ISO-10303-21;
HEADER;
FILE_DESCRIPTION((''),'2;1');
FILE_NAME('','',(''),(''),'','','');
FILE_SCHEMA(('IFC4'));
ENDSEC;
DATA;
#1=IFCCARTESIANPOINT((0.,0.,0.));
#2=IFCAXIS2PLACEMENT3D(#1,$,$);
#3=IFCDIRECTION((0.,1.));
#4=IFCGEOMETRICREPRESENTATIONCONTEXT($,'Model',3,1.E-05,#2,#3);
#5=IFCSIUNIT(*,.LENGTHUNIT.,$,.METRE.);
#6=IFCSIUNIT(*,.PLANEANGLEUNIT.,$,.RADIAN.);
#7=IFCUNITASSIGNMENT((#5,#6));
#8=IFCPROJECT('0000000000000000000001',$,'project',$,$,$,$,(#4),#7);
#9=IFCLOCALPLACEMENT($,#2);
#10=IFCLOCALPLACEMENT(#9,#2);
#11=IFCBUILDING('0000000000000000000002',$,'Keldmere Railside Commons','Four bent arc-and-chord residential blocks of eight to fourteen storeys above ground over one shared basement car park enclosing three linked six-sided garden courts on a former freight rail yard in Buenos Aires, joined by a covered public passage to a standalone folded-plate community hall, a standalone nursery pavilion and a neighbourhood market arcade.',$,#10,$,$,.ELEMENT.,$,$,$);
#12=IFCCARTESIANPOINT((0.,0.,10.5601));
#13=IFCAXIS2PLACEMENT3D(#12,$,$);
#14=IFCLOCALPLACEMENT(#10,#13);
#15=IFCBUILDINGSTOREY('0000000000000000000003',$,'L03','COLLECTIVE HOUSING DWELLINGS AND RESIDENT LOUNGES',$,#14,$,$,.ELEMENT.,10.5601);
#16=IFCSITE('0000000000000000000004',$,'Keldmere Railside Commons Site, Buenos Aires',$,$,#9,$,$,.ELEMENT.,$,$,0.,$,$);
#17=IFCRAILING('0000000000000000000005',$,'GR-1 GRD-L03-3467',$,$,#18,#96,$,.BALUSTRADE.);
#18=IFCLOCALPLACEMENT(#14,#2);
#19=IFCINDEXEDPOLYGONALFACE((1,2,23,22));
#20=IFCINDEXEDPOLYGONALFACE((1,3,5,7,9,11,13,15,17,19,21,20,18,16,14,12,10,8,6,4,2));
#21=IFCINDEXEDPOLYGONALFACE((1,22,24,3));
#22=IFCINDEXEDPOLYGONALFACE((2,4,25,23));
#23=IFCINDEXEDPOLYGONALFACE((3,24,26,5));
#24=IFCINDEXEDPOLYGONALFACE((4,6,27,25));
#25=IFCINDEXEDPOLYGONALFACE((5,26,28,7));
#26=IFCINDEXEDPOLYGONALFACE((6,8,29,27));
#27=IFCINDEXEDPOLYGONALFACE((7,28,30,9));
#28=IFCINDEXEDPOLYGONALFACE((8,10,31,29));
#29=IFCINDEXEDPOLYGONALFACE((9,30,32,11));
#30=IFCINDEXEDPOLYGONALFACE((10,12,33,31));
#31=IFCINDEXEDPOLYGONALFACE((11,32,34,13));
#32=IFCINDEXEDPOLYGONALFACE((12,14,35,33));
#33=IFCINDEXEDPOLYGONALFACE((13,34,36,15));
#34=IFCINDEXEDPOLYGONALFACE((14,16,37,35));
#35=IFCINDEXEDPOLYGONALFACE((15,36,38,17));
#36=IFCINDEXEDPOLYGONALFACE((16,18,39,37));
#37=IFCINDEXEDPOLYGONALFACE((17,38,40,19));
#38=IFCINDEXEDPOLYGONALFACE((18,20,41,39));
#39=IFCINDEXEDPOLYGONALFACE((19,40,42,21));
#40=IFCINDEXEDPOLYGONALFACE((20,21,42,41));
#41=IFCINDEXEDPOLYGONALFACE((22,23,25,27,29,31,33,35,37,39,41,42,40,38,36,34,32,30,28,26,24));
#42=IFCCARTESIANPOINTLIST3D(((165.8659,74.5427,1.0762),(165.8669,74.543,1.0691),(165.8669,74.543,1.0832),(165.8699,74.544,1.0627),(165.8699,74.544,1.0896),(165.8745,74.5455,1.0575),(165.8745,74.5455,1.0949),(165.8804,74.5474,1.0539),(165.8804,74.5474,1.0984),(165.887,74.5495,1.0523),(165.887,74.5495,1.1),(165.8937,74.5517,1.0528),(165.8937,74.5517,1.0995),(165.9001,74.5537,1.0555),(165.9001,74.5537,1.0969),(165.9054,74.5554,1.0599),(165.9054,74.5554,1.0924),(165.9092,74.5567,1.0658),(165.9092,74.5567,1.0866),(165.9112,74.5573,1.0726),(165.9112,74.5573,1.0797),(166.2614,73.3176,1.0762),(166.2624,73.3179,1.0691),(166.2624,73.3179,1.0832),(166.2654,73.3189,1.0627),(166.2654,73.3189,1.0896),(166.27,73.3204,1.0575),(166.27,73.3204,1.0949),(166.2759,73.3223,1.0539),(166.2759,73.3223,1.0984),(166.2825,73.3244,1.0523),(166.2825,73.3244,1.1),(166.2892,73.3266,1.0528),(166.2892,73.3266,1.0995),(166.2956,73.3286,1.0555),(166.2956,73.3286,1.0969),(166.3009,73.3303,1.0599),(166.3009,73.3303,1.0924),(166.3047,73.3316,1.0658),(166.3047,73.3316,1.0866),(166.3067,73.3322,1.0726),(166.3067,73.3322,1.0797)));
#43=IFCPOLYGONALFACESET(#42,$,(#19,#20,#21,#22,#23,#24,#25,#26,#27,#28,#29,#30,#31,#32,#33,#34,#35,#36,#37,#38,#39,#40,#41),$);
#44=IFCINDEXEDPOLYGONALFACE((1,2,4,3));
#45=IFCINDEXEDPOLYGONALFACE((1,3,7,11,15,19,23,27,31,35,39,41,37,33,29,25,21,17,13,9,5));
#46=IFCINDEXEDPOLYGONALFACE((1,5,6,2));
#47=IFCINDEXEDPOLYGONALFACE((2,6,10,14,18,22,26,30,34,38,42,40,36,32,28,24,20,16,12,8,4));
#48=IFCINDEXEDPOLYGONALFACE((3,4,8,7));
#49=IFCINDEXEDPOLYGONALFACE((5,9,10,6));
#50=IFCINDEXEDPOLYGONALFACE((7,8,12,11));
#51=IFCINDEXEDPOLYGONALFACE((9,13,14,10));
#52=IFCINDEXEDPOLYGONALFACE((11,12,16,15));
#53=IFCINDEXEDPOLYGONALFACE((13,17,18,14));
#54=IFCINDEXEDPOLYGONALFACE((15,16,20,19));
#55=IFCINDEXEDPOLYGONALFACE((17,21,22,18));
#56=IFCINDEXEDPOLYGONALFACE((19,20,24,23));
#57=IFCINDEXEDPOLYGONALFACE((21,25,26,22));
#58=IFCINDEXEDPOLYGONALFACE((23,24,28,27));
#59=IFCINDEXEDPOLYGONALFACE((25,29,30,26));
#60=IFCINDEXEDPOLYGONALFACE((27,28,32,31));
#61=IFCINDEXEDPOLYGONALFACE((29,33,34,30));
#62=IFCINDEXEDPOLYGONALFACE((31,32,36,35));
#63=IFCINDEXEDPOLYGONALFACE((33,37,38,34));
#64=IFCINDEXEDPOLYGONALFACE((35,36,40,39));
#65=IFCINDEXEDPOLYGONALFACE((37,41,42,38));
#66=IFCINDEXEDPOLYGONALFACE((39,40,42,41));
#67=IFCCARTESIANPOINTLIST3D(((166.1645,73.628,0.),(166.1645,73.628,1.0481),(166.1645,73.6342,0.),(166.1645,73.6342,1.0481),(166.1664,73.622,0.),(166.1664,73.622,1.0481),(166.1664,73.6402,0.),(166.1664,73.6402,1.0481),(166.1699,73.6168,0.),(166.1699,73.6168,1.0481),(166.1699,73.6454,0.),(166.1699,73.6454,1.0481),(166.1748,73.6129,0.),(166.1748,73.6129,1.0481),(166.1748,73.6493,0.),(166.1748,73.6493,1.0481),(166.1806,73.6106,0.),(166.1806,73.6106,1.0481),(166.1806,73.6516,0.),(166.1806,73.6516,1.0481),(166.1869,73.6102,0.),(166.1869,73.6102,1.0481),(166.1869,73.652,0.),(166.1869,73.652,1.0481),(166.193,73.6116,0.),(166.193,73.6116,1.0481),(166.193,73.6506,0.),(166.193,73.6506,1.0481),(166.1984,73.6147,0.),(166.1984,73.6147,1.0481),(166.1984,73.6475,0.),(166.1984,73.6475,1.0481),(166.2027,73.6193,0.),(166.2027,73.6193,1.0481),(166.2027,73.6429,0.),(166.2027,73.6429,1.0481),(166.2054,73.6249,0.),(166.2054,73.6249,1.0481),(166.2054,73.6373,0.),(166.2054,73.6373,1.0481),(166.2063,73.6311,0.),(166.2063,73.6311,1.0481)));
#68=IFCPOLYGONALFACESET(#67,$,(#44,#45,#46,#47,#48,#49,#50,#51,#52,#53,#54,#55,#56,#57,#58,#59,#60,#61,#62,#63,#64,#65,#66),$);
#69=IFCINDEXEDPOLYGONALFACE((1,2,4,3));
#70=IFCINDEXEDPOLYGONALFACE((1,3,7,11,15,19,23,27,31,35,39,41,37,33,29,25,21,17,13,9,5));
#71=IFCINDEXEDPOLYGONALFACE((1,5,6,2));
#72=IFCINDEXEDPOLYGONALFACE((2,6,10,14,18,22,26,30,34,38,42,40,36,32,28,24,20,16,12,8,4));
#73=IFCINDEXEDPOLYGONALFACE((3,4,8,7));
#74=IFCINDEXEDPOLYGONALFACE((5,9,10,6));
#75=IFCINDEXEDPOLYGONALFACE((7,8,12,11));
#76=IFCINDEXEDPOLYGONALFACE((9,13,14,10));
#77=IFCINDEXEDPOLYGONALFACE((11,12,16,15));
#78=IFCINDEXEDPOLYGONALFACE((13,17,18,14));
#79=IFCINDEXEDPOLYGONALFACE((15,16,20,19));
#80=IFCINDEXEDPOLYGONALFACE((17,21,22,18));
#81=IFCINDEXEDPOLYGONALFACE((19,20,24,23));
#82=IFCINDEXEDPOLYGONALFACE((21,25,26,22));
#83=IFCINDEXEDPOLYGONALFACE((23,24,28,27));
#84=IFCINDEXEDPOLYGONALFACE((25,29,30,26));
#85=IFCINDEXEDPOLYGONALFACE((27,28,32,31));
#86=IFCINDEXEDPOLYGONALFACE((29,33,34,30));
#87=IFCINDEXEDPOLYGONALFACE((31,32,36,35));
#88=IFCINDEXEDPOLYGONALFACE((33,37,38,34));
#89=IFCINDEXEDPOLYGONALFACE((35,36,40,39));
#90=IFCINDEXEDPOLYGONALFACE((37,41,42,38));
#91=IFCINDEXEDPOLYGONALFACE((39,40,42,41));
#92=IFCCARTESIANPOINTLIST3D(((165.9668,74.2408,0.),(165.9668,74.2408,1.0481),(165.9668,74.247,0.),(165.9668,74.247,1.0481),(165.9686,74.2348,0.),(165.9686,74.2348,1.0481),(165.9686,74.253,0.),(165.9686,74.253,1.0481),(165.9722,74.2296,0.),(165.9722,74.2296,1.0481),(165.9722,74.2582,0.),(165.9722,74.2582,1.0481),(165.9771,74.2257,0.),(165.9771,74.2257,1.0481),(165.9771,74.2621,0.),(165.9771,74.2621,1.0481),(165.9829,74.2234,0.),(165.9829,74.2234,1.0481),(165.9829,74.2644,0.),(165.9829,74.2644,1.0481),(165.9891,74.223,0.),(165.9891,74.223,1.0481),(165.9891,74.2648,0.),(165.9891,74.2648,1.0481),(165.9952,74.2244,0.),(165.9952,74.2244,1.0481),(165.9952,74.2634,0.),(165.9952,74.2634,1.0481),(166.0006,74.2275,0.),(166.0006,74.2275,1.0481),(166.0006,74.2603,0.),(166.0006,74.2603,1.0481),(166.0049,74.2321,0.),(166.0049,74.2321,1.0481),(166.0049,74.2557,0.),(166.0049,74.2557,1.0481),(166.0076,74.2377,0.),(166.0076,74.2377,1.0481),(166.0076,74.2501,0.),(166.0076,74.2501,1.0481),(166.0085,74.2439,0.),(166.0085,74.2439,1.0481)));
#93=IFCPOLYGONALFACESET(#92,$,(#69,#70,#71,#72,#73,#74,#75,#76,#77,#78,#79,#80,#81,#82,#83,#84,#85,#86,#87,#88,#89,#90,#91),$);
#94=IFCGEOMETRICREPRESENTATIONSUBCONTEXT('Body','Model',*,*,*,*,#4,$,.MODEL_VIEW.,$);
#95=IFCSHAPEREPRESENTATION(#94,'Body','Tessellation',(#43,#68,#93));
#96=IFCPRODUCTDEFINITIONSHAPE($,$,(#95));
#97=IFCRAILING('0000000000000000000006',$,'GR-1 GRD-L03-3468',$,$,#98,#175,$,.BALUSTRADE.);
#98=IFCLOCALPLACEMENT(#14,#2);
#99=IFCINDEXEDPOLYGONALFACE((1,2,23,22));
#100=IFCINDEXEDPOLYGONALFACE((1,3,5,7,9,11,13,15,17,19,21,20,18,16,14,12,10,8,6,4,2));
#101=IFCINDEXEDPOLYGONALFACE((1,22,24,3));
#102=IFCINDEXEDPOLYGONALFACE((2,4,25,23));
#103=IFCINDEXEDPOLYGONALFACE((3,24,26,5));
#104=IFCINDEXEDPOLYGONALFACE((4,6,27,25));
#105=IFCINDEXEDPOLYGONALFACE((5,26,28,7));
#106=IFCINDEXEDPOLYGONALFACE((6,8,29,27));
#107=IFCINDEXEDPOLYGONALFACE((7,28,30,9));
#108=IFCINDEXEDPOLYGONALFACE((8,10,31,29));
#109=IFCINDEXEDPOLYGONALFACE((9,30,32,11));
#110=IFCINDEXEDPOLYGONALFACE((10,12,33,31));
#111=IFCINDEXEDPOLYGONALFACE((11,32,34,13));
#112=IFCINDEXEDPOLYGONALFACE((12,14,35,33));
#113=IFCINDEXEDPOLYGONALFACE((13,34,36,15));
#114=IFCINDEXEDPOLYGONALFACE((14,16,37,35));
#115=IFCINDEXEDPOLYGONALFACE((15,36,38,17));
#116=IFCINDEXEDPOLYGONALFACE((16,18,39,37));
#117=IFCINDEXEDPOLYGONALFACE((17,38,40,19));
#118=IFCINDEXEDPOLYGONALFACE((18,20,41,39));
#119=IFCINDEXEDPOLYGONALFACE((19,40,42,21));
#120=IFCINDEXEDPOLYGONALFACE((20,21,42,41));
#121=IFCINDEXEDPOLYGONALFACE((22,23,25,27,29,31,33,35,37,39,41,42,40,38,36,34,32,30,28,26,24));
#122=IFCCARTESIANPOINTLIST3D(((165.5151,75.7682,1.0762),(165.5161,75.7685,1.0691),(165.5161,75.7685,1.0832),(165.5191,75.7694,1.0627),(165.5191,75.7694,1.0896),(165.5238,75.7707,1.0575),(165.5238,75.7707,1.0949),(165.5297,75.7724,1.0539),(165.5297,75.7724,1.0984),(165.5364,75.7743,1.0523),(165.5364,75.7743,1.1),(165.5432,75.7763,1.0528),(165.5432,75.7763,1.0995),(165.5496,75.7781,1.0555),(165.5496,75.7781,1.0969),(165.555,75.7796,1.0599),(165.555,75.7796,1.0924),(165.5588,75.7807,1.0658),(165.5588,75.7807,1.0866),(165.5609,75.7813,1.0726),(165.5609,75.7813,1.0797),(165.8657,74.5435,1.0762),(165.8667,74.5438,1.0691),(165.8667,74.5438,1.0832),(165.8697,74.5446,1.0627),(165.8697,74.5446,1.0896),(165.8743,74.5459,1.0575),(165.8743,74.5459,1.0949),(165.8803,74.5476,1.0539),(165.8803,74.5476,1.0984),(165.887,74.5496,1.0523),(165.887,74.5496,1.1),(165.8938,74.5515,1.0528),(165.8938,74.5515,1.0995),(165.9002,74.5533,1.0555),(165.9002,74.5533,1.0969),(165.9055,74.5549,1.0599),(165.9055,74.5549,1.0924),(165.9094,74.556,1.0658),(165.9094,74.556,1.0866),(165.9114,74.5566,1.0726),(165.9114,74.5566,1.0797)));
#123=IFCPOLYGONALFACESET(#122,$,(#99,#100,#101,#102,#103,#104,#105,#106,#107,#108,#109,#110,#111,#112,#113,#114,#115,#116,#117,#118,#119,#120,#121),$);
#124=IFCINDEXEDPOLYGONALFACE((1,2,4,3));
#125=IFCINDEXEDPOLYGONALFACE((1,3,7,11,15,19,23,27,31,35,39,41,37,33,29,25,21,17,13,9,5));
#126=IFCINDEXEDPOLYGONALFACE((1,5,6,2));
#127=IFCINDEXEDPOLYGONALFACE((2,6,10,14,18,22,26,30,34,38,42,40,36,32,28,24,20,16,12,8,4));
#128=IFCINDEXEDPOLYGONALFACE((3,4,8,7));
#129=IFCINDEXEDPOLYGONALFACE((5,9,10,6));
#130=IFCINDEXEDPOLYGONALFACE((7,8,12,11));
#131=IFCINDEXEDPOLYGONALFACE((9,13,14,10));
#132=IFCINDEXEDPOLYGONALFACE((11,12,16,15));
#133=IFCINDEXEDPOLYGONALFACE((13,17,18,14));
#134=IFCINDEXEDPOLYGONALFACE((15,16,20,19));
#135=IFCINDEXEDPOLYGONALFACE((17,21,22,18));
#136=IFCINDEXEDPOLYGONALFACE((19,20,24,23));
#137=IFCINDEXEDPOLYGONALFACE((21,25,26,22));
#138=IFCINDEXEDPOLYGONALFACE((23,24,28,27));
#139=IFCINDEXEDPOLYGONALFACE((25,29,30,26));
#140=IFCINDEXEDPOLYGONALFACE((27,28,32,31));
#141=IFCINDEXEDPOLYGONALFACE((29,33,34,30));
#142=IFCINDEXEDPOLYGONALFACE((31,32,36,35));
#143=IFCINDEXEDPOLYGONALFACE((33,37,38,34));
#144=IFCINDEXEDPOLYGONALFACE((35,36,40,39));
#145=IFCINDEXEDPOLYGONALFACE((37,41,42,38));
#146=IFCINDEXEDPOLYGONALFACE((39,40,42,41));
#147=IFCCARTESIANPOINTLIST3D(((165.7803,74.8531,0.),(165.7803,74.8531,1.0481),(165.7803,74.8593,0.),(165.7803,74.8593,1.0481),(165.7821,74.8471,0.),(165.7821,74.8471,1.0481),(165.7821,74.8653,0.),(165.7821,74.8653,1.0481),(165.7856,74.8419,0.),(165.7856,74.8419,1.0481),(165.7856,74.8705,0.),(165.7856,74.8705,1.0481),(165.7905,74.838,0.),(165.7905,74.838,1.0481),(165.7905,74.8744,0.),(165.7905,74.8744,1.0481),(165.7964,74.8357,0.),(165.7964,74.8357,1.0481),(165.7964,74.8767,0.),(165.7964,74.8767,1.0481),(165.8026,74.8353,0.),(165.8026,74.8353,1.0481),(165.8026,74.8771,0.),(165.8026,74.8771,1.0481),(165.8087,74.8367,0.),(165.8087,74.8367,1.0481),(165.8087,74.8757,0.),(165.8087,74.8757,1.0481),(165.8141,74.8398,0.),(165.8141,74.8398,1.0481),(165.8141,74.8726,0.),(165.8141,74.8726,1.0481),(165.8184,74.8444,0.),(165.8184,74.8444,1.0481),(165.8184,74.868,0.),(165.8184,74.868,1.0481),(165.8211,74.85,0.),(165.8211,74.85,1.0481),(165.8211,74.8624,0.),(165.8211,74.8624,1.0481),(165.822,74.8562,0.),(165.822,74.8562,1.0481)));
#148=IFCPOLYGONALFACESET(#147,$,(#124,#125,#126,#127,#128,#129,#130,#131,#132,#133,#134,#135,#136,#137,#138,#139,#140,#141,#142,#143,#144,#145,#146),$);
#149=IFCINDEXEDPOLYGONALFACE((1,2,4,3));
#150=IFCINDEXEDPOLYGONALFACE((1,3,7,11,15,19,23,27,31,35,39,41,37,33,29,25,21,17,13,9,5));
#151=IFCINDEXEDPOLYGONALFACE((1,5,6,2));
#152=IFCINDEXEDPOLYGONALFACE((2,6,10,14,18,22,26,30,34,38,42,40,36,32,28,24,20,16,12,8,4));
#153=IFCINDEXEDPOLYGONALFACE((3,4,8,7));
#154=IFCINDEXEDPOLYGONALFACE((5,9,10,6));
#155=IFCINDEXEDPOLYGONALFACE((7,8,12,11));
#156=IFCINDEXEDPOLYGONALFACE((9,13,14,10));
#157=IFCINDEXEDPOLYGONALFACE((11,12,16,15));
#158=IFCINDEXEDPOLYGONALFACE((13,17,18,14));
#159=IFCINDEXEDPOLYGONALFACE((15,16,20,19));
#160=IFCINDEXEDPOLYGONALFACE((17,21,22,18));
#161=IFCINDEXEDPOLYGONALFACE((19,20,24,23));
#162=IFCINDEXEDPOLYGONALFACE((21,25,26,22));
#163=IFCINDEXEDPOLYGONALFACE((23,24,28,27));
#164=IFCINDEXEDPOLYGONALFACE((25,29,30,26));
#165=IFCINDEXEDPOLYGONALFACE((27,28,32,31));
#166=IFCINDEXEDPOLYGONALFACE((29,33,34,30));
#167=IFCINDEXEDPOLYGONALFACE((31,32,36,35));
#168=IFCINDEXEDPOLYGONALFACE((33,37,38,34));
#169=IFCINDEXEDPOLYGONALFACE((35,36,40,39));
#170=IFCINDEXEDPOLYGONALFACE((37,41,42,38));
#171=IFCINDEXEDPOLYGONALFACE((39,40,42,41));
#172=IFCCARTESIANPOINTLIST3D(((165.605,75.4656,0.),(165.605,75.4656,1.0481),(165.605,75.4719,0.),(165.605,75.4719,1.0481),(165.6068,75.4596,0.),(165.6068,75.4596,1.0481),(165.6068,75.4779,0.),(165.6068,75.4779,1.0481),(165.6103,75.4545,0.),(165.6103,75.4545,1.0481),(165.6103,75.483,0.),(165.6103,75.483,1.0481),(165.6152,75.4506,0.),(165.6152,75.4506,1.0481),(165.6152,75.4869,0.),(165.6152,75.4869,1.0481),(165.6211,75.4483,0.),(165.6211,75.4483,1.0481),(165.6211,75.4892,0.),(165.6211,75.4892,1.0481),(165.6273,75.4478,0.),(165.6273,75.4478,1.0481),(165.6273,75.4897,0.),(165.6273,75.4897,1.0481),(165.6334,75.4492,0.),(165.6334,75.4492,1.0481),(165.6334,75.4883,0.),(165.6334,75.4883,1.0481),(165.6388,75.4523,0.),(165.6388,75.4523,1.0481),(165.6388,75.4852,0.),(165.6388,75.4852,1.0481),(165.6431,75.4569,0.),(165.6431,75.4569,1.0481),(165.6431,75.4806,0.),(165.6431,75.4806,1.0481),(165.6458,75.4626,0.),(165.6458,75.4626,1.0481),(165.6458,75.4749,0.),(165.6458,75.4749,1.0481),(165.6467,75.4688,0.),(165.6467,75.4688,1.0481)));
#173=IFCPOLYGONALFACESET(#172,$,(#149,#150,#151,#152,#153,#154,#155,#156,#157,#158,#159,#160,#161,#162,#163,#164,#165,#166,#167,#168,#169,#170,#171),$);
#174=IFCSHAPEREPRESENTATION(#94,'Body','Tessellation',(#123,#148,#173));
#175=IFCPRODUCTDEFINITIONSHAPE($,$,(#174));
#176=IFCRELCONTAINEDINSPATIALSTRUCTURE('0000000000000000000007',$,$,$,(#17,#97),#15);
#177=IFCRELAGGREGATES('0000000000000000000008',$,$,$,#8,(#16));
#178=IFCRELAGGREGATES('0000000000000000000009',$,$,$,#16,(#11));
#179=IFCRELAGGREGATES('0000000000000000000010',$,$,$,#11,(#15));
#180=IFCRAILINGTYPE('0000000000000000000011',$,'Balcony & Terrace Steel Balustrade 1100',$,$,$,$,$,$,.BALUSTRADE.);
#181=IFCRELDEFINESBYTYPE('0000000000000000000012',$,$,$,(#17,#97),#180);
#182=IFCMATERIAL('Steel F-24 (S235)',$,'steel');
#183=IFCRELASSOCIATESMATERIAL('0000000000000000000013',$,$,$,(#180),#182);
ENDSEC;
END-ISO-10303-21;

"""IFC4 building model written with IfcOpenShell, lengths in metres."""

from ifc_helpers import new_model, si_unit, direction, frame, origin, origin_2d, place, context, subcontext, project, spatial, circle, extrude, material, type_object, element, save


model = new_model("IFC4")

# Units and contexts
model_context = context("Model", 3, precision=1e-05, world=origin(), true_north=direction((0.0, 1.0)))
body_context = subcontext(model_context, "Body", "Model", "MODEL_VIEW")
ifc_project = project(units=[si_unit("LENGTHUNIT", "METRE"), si_unit("PLANEANGLEUNIT", "RADIAN")], contexts=[model_context])

# Site, building, storey
site_placement = place(None, origin())
site = spatial("IfcSite", under=ifc_project, at=site_placement, Name="Keldmere Railside Commons Site, Buenos Aires", CompositionType="ELEMENT", RefElevation=0.0)
building_placement = place(site_placement, origin())
building = spatial("IfcBuilding", under=site, at=building_placement, Name="Keldmere Railside Commons", Description="Four bent arc-and-chord residential blocks of eight to fourteen storeys above ground over one shared basement car park enclosing three linked six-sided garden courts on a former freight rail yard in Buenos Aires, joined by a covered public passage to a standalone folded-plate community hall, a standalone nursery pavilion and a neighbourhood market arcade.", CompositionType="ELEMENT")
storey_placement = place(building_placement, frame((0.0, 0.0, 10.5601)))
storey = spatial("IfcBuildingStorey", under=building, at=storey_placement, Name="L03", Description="COLLECTIVE HOUSING DWELLINGS AND RESIDENT LOUNGES", CompositionType="ELEMENT", Elevation=10.5601)

# Railings
ifc_material_1 = material(Name="Steel F-24 (S235)", Category="steel")
railing_type = type_object("IfcRailingType", Name="Balcony & Terrace Steel Balustrade 1100", PredefinedType="BALUSTRADE", material=ifc_material_1)
railing_1_placement = place(storey_placement, frame((166.2842, 73.325, 0.0)))
element("IfcRailing", 1, at=railing_1_placement, inside=storey, type_object=railing_type, Name="GR-1 GRD-L03-3467", PredefinedType="BALUSTRADE", context=body_context, shape_type="SweptSolid", body=[
    extrude(circle(Radius=0.0239, at=origin_2d()), frame((0.0, 0.0, 1.0762), z_axis=(-0.307224, 0.951637, 0.0), x_axis=(-0.951637, -0.307224, 0.0)), (0.0, 0.0, 1.0), 1.2874),
    extrude(circle(Radius=0.021, at=origin_2d()), frame((-0.0989, 0.3062, 0.0)), (0.0, 0.0, 1.0), 1.0481),
    extrude(circle(Radius=0.021, at=origin_2d()), frame((-0.2966, 0.9189, 0.0)), (0.0, 0.0, 1.0), 1.0481),
])
railing_2_placement = place(storey_placement, frame((165.8887, 74.55, 0.0)))
element("IfcRailing", 2, at=railing_2_placement, inside=storey, type_object=railing_type, Name="GR-1 GRD-L03-3468", PredefinedType="BALUSTRADE", context=body_context, shape_type="SweptSolid", body=[
    extrude(circle(Radius=0.0239, at=origin_2d()), frame((0.0, 0.0, 1.0762), z_axis=(-0.275177, 0.961394, 0.0), x_axis=(-0.961394, -0.275177, 0.0)), (0.0, 0.0, 1.0), 1.2739),
    extrude(circle(Radius=0.021, at=origin_2d()), frame((-0.0876, 0.3062, 0.0)), (0.0, 0.0, 1.0), 1.0481),
    extrude(circle(Radius=0.021, at=origin_2d()), frame((-0.2629, 0.9187, 0.0)), (0.0, 0.0, 1.0), 1.0481),
])

save(model, "model.ifc")
